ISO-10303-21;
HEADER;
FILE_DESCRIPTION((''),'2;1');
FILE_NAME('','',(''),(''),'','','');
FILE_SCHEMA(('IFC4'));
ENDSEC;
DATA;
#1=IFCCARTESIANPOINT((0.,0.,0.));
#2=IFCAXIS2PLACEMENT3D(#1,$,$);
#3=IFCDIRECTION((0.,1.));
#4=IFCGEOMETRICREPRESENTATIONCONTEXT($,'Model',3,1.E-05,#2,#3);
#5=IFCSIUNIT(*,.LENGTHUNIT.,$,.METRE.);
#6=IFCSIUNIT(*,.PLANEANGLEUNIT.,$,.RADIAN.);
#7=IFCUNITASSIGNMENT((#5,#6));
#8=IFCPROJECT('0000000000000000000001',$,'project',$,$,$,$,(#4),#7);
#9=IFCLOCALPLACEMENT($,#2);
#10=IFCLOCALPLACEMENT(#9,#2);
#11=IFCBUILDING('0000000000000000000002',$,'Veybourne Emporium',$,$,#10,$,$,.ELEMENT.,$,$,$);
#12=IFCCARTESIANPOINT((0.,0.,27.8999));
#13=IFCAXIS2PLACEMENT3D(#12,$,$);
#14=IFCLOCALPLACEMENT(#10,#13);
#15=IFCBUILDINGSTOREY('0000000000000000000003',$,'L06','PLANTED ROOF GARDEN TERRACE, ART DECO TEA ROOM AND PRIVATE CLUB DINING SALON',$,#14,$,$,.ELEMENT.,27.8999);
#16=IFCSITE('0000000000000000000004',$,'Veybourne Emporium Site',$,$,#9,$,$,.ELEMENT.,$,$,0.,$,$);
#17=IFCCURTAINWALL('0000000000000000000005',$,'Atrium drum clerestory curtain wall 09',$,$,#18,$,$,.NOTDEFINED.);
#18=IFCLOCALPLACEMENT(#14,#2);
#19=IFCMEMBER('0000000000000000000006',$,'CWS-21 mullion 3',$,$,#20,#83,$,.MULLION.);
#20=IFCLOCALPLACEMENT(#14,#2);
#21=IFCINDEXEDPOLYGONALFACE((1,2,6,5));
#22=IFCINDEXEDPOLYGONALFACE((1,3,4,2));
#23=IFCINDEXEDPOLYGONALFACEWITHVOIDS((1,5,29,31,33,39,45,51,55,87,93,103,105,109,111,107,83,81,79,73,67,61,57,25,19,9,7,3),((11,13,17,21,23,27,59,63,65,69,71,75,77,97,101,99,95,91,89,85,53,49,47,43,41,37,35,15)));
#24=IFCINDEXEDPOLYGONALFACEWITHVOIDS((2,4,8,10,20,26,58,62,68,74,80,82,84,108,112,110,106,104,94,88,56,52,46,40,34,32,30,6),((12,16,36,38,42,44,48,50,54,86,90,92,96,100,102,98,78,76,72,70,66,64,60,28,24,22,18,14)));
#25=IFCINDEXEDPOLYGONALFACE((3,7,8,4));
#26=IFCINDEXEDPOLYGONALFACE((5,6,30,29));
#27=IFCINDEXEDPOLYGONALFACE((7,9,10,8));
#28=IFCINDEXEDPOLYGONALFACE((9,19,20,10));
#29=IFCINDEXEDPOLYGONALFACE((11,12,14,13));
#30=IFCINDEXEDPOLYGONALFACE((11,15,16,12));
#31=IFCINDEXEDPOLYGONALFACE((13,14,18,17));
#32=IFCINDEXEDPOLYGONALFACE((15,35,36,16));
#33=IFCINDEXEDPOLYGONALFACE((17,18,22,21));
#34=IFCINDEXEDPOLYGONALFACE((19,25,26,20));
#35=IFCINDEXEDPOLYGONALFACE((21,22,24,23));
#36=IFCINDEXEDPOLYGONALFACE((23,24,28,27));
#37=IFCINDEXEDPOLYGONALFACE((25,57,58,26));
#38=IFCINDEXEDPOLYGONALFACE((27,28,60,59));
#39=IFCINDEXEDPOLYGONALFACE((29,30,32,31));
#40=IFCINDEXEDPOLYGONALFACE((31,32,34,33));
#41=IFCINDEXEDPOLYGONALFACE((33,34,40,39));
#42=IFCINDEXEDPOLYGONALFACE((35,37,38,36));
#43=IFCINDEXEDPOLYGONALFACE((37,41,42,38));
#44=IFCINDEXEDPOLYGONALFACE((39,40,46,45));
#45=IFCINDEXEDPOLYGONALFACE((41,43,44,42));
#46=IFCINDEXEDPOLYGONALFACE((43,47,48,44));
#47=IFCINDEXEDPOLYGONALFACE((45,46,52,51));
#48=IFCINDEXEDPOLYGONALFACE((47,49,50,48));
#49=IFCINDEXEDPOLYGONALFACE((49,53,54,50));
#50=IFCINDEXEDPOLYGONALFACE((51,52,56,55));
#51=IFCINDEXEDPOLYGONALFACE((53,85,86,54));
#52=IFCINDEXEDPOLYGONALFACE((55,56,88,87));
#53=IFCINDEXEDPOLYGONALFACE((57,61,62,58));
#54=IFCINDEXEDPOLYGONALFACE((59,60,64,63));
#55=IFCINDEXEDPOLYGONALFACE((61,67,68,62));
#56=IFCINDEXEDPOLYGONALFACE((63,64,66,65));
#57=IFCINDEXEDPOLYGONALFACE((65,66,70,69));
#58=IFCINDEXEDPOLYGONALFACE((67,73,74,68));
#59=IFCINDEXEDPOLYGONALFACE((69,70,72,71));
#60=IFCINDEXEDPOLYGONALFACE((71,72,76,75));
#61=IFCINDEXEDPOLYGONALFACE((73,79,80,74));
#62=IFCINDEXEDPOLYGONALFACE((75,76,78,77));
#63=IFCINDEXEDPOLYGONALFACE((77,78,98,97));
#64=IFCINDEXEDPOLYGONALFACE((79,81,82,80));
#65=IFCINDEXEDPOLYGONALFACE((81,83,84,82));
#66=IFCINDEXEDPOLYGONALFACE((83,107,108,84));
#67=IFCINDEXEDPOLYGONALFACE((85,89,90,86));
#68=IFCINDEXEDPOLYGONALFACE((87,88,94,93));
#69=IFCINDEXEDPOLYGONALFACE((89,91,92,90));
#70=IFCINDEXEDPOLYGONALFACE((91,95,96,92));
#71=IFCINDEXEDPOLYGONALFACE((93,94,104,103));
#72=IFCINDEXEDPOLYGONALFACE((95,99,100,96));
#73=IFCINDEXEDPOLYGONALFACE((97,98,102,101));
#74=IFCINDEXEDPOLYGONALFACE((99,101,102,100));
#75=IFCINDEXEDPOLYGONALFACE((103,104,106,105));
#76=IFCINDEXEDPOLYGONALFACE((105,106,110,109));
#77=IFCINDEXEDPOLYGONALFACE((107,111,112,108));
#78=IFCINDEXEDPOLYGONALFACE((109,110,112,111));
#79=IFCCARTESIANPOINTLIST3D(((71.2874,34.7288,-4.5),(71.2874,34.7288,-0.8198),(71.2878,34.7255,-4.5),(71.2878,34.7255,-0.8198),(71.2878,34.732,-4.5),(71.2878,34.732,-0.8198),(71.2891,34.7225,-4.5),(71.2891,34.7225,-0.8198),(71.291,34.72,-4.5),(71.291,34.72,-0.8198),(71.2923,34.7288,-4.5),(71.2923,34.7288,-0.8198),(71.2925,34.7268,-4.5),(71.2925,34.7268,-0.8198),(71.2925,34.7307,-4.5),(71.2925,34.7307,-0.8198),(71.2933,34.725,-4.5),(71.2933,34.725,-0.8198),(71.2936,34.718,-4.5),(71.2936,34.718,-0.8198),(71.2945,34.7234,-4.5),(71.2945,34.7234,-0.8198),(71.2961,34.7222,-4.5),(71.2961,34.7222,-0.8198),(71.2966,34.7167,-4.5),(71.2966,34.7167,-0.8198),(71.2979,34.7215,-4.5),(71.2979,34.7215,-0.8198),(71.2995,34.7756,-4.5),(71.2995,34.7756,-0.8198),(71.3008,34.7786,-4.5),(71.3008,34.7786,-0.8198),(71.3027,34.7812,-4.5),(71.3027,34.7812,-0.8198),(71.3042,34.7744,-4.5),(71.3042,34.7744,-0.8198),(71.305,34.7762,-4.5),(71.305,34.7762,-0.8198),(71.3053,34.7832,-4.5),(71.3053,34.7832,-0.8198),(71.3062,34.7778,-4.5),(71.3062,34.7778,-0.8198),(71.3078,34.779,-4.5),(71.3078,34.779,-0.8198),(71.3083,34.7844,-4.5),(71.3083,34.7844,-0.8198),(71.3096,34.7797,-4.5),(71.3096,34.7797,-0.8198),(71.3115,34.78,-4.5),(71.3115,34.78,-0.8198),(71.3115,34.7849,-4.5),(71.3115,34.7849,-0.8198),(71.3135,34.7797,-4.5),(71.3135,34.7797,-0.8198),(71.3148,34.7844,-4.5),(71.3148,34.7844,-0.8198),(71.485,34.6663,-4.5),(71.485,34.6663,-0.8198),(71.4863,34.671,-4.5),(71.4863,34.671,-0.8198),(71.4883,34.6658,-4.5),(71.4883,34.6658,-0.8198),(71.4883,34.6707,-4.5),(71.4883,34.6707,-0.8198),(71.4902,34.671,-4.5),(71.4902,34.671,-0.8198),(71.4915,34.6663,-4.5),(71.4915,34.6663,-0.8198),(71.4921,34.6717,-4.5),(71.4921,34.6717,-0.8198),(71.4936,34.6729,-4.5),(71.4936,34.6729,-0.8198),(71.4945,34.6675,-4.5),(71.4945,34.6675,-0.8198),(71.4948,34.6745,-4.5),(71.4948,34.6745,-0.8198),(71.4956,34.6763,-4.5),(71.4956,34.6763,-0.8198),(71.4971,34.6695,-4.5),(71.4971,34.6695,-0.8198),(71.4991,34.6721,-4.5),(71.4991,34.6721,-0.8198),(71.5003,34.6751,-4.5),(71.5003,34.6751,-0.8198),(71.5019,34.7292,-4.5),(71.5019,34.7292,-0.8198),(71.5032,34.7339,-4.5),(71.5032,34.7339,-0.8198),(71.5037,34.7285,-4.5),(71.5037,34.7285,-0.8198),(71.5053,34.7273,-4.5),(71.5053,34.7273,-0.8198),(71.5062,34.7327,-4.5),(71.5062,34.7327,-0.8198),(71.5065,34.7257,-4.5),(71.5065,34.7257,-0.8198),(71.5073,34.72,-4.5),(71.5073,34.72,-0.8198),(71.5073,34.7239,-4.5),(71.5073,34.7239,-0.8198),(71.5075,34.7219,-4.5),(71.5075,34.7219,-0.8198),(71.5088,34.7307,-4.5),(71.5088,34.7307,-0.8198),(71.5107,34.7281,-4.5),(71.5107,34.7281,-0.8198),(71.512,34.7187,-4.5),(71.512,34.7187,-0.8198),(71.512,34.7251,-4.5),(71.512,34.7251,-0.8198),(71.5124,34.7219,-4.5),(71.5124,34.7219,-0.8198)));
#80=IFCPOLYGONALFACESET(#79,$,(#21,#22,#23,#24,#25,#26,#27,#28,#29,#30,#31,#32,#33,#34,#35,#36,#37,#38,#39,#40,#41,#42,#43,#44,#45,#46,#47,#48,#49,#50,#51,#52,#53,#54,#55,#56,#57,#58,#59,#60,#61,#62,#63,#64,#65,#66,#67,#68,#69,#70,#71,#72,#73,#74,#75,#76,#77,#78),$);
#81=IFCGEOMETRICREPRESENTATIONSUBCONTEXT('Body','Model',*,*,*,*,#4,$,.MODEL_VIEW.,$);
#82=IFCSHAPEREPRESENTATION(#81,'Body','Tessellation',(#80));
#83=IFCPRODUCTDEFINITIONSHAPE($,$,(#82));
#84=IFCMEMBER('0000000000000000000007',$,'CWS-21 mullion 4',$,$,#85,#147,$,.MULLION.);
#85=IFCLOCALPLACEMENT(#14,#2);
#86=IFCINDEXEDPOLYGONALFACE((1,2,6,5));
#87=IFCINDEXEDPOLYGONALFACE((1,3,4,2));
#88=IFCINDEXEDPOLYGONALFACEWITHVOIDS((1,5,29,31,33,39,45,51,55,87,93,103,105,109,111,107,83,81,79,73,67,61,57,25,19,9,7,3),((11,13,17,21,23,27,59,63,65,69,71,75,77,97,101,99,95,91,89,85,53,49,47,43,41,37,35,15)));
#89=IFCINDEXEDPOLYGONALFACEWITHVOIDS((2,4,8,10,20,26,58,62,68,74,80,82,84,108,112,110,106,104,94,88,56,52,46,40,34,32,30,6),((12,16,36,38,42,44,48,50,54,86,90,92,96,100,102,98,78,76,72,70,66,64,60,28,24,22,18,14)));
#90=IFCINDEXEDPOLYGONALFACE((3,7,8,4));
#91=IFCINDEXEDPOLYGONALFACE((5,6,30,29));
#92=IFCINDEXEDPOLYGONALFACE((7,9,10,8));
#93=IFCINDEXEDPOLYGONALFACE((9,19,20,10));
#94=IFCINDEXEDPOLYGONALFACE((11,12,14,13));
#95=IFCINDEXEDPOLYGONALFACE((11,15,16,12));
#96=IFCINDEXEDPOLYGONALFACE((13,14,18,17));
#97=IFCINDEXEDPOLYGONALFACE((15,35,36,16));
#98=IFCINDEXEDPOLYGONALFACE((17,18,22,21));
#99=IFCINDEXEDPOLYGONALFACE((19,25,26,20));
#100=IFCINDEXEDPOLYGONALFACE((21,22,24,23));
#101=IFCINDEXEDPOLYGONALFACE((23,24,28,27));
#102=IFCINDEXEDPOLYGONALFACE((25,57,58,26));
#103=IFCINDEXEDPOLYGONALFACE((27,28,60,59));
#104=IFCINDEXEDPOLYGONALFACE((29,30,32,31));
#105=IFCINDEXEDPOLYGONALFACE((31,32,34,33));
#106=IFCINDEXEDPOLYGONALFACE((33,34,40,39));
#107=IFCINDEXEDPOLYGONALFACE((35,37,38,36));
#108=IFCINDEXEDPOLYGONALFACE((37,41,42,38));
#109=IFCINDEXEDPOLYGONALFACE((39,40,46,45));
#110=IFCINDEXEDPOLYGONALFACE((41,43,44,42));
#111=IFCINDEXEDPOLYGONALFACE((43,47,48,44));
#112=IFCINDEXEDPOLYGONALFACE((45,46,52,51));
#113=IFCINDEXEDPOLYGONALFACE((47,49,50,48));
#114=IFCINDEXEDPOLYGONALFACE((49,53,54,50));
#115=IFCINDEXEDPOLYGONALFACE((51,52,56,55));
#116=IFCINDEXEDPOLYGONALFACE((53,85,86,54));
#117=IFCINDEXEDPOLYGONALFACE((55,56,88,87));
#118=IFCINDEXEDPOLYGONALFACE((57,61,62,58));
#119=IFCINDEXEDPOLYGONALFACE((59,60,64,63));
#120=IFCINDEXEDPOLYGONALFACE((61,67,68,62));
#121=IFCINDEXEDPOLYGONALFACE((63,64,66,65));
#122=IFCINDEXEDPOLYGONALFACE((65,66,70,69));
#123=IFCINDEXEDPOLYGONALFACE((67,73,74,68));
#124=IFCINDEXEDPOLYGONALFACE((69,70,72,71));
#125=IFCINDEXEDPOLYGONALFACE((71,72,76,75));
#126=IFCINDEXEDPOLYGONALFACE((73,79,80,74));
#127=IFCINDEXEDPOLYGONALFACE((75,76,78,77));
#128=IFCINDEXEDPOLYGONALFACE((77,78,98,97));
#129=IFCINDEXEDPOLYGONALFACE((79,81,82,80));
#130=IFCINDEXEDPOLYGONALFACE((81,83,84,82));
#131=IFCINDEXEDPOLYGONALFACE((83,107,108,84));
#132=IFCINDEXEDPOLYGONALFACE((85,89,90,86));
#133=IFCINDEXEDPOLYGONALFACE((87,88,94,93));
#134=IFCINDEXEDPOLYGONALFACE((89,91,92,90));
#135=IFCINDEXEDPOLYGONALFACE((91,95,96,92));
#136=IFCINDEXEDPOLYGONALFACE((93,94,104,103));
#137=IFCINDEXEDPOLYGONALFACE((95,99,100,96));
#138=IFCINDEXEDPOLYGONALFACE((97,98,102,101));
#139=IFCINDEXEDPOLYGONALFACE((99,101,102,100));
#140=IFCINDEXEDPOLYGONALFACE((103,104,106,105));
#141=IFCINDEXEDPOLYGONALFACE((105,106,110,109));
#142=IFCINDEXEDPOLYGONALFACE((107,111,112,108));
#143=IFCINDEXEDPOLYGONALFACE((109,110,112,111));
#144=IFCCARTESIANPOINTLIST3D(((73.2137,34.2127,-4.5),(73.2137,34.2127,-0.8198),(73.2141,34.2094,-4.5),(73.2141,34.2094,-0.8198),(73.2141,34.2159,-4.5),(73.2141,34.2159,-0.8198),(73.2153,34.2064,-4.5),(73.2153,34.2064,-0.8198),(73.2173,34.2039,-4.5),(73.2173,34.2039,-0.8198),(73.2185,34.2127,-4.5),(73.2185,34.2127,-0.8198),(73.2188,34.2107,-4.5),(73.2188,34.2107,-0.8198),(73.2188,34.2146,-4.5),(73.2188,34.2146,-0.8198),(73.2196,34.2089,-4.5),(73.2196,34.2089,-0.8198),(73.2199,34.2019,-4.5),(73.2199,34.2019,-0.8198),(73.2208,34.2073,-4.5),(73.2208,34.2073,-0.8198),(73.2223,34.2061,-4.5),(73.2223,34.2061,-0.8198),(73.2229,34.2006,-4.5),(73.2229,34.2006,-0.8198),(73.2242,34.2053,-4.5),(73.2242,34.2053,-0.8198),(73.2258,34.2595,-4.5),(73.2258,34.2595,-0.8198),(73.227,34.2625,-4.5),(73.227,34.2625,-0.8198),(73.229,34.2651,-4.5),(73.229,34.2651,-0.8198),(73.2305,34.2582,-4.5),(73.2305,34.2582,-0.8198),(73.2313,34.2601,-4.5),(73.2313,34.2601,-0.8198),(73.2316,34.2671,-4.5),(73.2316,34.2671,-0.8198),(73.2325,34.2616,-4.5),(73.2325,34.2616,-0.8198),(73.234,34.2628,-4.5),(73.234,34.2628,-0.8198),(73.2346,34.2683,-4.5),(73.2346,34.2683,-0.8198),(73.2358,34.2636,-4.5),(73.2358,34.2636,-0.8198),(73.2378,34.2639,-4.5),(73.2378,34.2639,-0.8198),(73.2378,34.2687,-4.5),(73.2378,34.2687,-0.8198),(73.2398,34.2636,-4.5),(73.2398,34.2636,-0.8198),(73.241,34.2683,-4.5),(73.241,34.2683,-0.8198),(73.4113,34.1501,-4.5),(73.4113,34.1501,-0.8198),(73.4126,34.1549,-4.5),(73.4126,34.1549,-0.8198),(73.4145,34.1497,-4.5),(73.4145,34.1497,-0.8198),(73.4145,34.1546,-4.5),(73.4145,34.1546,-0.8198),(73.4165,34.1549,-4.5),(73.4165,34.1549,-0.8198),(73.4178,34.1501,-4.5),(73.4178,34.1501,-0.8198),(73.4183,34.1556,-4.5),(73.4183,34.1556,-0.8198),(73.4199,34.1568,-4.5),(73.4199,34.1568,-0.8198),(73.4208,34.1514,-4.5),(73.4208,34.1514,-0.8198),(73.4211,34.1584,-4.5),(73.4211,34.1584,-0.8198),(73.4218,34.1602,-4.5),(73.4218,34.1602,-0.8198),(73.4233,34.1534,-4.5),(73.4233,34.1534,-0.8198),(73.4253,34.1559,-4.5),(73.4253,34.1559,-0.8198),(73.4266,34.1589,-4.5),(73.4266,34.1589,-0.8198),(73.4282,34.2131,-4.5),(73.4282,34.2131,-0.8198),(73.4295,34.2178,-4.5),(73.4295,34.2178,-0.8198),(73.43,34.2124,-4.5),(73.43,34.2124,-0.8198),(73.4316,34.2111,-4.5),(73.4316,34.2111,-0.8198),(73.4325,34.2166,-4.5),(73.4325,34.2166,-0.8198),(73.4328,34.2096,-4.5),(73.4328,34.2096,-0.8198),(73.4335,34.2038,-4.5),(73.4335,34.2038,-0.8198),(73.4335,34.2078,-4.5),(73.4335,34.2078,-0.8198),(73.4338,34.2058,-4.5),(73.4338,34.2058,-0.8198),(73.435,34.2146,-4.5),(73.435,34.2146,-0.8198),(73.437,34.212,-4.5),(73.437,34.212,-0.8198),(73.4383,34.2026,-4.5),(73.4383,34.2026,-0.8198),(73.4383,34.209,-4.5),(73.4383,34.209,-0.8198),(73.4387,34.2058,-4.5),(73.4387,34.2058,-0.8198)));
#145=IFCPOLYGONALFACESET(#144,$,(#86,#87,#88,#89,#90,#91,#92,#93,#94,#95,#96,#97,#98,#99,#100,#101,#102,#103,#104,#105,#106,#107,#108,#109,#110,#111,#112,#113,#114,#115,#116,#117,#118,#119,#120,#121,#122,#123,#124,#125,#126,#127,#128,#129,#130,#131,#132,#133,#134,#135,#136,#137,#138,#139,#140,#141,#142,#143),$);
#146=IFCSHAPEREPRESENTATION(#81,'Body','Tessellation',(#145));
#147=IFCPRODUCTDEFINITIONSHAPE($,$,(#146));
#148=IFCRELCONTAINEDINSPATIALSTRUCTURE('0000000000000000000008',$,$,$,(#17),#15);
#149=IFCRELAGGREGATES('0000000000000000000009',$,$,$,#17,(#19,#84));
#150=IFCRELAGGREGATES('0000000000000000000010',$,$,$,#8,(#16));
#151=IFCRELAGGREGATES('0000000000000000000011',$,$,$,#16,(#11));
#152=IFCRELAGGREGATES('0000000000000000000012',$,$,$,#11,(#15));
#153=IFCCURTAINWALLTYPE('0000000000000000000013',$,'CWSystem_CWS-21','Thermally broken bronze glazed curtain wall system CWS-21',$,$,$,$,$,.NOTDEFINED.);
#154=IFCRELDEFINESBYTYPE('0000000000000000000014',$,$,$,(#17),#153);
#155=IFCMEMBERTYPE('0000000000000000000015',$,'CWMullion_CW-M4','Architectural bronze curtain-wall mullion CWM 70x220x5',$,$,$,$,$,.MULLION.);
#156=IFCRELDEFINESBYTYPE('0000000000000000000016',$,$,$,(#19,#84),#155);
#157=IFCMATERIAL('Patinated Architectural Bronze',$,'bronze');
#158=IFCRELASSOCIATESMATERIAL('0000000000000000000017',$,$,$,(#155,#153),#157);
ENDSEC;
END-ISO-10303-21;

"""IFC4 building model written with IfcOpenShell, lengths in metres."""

from ifc_helpers import new_model, si_unit, direction, frame, origin, origin_2d, place, context, subcontext, project, spatial, hollow_rectangle, extrude, material, material_profile, profile_set, type_object, element, aggregate, save


model = new_model("IFC4")

# Units and contexts
model_context = context("Model", 3, precision=1e-05, world=origin(), true_north=direction((0.0, 1.0)))
body_context = subcontext(model_context, "Body", "Model", "MODEL_VIEW")
ifc_project = project(units=[si_unit("LENGTHUNIT", "METRE"), si_unit("PLANEANGLEUNIT", "RADIAN")], contexts=[model_context])

# Site, building, storey
site_placement = place(None, origin())
site = spatial("IfcSite", under=ifc_project, at=site_placement, Name="Veybourne Emporium Site", CompositionType="ELEMENT", RefElevation=0.0)
building_placement = place(site_placement, origin())
building = spatial("IfcBuilding", under=site, at=building_placement, Name="Veybourne Emporium", CompositionType="ELEMENT")
storey_placement = place(building_placement, frame((0.0, 0.0, 27.8999)))
storey = spatial("IfcBuildingStorey", under=building, at=storey_placement, Name="L06", Description="PLANTED ROOF GARDEN TERRACE, ART DECO TEA ROOM AND PRIVATE CLUB DINING SALON", CompositionType="ELEMENT", Elevation=27.8999)

# Curtain wall, members
ifc_material_1 = material(Name="Patinated Architectural Bronze", Category="bronze")
ifc_material_profile_1 = material_profile(ifc_material_1, hollow_rectangle(XDim=0.0701, YDim=0.22, WallThickness=0.0049, InnerFilletRadius=0.0076, OuterFilletRadius=0.0125, at=origin_2d()), Name="CWM 70x220x5")
ifc_profile_set_1 = profile_set([ifc_material_profile_1], Name="Patinated Architectural Bronze")
member_type_1 = type_object("IfcMemberType", Name="CWMullion_CW-M4", Description="Architectural bronze curtain-wall mullion CWM 70x220x5", PredefinedType="MULLION", material=ifc_profile_set_1)
curtain_wall_type_1 = type_object("IfcCurtainWallType", Name="CWSystem_CWS-21", Description="Thermally broken bronze glazed curtain wall system CWS-21", PredefinedType="NOTDEFINED", material=ifc_material_1)
curtain_wall_1_placement = place(storey_placement, origin())
curtain_wall_1 = element("IfcCurtainWall", 1, at=curtain_wall_1_placement, inside=storey, type_object=curtain_wall_type_1, Name="Atrium drum clerestory curtain wall 09", PredefinedType="NOTDEFINED")
member_1_placement = place(storey_placement, frame((71.3999, 34.7253, -4.5), z_axis=(0.0, 0.0, 1.0), x_axis=(0.25882, 0.965926, 0.0)))
member_1 = element("IfcMember", 2, at=member_1_placement, type_object=member_type_1, Name="CWS-21 mullion 3", PredefinedType="MULLION", context=body_context, shape_type="SweptSolid", body=[
    extrude(hollow_rectangle(XDim=0.0701, YDim=0.22, WallThickness=0.0049, InnerFilletRadius=0.0076, OuterFilletRadius=0.0125, at=origin_2d()), origin(), (0.0, 0.0, 1.0), 3.6802),
])
member_2_placement = place(storey_placement, frame((73.3262, 34.2092, -4.5), z_axis=(0.0, 0.0, 1.0), x_axis=(0.25882, 0.965926, 0.0)))
member_2 = element("IfcMember", 3, at=member_2_placement, type_object=member_type_1, Name="CWS-21 mullion 4", PredefinedType="MULLION", context=body_context, shape_type="SweptSolid", body=[
    extrude(hollow_rectangle(XDim=0.0701, YDim=0.22, WallThickness=0.0049, InnerFilletRadius=0.0076, OuterFilletRadius=0.0125, at=origin_2d()), origin(), (0.0, 0.0, 1.0), 3.6802),
])

aggregate(curtain_wall_1, [member_1, member_2])

save(model, "model.ifc")
